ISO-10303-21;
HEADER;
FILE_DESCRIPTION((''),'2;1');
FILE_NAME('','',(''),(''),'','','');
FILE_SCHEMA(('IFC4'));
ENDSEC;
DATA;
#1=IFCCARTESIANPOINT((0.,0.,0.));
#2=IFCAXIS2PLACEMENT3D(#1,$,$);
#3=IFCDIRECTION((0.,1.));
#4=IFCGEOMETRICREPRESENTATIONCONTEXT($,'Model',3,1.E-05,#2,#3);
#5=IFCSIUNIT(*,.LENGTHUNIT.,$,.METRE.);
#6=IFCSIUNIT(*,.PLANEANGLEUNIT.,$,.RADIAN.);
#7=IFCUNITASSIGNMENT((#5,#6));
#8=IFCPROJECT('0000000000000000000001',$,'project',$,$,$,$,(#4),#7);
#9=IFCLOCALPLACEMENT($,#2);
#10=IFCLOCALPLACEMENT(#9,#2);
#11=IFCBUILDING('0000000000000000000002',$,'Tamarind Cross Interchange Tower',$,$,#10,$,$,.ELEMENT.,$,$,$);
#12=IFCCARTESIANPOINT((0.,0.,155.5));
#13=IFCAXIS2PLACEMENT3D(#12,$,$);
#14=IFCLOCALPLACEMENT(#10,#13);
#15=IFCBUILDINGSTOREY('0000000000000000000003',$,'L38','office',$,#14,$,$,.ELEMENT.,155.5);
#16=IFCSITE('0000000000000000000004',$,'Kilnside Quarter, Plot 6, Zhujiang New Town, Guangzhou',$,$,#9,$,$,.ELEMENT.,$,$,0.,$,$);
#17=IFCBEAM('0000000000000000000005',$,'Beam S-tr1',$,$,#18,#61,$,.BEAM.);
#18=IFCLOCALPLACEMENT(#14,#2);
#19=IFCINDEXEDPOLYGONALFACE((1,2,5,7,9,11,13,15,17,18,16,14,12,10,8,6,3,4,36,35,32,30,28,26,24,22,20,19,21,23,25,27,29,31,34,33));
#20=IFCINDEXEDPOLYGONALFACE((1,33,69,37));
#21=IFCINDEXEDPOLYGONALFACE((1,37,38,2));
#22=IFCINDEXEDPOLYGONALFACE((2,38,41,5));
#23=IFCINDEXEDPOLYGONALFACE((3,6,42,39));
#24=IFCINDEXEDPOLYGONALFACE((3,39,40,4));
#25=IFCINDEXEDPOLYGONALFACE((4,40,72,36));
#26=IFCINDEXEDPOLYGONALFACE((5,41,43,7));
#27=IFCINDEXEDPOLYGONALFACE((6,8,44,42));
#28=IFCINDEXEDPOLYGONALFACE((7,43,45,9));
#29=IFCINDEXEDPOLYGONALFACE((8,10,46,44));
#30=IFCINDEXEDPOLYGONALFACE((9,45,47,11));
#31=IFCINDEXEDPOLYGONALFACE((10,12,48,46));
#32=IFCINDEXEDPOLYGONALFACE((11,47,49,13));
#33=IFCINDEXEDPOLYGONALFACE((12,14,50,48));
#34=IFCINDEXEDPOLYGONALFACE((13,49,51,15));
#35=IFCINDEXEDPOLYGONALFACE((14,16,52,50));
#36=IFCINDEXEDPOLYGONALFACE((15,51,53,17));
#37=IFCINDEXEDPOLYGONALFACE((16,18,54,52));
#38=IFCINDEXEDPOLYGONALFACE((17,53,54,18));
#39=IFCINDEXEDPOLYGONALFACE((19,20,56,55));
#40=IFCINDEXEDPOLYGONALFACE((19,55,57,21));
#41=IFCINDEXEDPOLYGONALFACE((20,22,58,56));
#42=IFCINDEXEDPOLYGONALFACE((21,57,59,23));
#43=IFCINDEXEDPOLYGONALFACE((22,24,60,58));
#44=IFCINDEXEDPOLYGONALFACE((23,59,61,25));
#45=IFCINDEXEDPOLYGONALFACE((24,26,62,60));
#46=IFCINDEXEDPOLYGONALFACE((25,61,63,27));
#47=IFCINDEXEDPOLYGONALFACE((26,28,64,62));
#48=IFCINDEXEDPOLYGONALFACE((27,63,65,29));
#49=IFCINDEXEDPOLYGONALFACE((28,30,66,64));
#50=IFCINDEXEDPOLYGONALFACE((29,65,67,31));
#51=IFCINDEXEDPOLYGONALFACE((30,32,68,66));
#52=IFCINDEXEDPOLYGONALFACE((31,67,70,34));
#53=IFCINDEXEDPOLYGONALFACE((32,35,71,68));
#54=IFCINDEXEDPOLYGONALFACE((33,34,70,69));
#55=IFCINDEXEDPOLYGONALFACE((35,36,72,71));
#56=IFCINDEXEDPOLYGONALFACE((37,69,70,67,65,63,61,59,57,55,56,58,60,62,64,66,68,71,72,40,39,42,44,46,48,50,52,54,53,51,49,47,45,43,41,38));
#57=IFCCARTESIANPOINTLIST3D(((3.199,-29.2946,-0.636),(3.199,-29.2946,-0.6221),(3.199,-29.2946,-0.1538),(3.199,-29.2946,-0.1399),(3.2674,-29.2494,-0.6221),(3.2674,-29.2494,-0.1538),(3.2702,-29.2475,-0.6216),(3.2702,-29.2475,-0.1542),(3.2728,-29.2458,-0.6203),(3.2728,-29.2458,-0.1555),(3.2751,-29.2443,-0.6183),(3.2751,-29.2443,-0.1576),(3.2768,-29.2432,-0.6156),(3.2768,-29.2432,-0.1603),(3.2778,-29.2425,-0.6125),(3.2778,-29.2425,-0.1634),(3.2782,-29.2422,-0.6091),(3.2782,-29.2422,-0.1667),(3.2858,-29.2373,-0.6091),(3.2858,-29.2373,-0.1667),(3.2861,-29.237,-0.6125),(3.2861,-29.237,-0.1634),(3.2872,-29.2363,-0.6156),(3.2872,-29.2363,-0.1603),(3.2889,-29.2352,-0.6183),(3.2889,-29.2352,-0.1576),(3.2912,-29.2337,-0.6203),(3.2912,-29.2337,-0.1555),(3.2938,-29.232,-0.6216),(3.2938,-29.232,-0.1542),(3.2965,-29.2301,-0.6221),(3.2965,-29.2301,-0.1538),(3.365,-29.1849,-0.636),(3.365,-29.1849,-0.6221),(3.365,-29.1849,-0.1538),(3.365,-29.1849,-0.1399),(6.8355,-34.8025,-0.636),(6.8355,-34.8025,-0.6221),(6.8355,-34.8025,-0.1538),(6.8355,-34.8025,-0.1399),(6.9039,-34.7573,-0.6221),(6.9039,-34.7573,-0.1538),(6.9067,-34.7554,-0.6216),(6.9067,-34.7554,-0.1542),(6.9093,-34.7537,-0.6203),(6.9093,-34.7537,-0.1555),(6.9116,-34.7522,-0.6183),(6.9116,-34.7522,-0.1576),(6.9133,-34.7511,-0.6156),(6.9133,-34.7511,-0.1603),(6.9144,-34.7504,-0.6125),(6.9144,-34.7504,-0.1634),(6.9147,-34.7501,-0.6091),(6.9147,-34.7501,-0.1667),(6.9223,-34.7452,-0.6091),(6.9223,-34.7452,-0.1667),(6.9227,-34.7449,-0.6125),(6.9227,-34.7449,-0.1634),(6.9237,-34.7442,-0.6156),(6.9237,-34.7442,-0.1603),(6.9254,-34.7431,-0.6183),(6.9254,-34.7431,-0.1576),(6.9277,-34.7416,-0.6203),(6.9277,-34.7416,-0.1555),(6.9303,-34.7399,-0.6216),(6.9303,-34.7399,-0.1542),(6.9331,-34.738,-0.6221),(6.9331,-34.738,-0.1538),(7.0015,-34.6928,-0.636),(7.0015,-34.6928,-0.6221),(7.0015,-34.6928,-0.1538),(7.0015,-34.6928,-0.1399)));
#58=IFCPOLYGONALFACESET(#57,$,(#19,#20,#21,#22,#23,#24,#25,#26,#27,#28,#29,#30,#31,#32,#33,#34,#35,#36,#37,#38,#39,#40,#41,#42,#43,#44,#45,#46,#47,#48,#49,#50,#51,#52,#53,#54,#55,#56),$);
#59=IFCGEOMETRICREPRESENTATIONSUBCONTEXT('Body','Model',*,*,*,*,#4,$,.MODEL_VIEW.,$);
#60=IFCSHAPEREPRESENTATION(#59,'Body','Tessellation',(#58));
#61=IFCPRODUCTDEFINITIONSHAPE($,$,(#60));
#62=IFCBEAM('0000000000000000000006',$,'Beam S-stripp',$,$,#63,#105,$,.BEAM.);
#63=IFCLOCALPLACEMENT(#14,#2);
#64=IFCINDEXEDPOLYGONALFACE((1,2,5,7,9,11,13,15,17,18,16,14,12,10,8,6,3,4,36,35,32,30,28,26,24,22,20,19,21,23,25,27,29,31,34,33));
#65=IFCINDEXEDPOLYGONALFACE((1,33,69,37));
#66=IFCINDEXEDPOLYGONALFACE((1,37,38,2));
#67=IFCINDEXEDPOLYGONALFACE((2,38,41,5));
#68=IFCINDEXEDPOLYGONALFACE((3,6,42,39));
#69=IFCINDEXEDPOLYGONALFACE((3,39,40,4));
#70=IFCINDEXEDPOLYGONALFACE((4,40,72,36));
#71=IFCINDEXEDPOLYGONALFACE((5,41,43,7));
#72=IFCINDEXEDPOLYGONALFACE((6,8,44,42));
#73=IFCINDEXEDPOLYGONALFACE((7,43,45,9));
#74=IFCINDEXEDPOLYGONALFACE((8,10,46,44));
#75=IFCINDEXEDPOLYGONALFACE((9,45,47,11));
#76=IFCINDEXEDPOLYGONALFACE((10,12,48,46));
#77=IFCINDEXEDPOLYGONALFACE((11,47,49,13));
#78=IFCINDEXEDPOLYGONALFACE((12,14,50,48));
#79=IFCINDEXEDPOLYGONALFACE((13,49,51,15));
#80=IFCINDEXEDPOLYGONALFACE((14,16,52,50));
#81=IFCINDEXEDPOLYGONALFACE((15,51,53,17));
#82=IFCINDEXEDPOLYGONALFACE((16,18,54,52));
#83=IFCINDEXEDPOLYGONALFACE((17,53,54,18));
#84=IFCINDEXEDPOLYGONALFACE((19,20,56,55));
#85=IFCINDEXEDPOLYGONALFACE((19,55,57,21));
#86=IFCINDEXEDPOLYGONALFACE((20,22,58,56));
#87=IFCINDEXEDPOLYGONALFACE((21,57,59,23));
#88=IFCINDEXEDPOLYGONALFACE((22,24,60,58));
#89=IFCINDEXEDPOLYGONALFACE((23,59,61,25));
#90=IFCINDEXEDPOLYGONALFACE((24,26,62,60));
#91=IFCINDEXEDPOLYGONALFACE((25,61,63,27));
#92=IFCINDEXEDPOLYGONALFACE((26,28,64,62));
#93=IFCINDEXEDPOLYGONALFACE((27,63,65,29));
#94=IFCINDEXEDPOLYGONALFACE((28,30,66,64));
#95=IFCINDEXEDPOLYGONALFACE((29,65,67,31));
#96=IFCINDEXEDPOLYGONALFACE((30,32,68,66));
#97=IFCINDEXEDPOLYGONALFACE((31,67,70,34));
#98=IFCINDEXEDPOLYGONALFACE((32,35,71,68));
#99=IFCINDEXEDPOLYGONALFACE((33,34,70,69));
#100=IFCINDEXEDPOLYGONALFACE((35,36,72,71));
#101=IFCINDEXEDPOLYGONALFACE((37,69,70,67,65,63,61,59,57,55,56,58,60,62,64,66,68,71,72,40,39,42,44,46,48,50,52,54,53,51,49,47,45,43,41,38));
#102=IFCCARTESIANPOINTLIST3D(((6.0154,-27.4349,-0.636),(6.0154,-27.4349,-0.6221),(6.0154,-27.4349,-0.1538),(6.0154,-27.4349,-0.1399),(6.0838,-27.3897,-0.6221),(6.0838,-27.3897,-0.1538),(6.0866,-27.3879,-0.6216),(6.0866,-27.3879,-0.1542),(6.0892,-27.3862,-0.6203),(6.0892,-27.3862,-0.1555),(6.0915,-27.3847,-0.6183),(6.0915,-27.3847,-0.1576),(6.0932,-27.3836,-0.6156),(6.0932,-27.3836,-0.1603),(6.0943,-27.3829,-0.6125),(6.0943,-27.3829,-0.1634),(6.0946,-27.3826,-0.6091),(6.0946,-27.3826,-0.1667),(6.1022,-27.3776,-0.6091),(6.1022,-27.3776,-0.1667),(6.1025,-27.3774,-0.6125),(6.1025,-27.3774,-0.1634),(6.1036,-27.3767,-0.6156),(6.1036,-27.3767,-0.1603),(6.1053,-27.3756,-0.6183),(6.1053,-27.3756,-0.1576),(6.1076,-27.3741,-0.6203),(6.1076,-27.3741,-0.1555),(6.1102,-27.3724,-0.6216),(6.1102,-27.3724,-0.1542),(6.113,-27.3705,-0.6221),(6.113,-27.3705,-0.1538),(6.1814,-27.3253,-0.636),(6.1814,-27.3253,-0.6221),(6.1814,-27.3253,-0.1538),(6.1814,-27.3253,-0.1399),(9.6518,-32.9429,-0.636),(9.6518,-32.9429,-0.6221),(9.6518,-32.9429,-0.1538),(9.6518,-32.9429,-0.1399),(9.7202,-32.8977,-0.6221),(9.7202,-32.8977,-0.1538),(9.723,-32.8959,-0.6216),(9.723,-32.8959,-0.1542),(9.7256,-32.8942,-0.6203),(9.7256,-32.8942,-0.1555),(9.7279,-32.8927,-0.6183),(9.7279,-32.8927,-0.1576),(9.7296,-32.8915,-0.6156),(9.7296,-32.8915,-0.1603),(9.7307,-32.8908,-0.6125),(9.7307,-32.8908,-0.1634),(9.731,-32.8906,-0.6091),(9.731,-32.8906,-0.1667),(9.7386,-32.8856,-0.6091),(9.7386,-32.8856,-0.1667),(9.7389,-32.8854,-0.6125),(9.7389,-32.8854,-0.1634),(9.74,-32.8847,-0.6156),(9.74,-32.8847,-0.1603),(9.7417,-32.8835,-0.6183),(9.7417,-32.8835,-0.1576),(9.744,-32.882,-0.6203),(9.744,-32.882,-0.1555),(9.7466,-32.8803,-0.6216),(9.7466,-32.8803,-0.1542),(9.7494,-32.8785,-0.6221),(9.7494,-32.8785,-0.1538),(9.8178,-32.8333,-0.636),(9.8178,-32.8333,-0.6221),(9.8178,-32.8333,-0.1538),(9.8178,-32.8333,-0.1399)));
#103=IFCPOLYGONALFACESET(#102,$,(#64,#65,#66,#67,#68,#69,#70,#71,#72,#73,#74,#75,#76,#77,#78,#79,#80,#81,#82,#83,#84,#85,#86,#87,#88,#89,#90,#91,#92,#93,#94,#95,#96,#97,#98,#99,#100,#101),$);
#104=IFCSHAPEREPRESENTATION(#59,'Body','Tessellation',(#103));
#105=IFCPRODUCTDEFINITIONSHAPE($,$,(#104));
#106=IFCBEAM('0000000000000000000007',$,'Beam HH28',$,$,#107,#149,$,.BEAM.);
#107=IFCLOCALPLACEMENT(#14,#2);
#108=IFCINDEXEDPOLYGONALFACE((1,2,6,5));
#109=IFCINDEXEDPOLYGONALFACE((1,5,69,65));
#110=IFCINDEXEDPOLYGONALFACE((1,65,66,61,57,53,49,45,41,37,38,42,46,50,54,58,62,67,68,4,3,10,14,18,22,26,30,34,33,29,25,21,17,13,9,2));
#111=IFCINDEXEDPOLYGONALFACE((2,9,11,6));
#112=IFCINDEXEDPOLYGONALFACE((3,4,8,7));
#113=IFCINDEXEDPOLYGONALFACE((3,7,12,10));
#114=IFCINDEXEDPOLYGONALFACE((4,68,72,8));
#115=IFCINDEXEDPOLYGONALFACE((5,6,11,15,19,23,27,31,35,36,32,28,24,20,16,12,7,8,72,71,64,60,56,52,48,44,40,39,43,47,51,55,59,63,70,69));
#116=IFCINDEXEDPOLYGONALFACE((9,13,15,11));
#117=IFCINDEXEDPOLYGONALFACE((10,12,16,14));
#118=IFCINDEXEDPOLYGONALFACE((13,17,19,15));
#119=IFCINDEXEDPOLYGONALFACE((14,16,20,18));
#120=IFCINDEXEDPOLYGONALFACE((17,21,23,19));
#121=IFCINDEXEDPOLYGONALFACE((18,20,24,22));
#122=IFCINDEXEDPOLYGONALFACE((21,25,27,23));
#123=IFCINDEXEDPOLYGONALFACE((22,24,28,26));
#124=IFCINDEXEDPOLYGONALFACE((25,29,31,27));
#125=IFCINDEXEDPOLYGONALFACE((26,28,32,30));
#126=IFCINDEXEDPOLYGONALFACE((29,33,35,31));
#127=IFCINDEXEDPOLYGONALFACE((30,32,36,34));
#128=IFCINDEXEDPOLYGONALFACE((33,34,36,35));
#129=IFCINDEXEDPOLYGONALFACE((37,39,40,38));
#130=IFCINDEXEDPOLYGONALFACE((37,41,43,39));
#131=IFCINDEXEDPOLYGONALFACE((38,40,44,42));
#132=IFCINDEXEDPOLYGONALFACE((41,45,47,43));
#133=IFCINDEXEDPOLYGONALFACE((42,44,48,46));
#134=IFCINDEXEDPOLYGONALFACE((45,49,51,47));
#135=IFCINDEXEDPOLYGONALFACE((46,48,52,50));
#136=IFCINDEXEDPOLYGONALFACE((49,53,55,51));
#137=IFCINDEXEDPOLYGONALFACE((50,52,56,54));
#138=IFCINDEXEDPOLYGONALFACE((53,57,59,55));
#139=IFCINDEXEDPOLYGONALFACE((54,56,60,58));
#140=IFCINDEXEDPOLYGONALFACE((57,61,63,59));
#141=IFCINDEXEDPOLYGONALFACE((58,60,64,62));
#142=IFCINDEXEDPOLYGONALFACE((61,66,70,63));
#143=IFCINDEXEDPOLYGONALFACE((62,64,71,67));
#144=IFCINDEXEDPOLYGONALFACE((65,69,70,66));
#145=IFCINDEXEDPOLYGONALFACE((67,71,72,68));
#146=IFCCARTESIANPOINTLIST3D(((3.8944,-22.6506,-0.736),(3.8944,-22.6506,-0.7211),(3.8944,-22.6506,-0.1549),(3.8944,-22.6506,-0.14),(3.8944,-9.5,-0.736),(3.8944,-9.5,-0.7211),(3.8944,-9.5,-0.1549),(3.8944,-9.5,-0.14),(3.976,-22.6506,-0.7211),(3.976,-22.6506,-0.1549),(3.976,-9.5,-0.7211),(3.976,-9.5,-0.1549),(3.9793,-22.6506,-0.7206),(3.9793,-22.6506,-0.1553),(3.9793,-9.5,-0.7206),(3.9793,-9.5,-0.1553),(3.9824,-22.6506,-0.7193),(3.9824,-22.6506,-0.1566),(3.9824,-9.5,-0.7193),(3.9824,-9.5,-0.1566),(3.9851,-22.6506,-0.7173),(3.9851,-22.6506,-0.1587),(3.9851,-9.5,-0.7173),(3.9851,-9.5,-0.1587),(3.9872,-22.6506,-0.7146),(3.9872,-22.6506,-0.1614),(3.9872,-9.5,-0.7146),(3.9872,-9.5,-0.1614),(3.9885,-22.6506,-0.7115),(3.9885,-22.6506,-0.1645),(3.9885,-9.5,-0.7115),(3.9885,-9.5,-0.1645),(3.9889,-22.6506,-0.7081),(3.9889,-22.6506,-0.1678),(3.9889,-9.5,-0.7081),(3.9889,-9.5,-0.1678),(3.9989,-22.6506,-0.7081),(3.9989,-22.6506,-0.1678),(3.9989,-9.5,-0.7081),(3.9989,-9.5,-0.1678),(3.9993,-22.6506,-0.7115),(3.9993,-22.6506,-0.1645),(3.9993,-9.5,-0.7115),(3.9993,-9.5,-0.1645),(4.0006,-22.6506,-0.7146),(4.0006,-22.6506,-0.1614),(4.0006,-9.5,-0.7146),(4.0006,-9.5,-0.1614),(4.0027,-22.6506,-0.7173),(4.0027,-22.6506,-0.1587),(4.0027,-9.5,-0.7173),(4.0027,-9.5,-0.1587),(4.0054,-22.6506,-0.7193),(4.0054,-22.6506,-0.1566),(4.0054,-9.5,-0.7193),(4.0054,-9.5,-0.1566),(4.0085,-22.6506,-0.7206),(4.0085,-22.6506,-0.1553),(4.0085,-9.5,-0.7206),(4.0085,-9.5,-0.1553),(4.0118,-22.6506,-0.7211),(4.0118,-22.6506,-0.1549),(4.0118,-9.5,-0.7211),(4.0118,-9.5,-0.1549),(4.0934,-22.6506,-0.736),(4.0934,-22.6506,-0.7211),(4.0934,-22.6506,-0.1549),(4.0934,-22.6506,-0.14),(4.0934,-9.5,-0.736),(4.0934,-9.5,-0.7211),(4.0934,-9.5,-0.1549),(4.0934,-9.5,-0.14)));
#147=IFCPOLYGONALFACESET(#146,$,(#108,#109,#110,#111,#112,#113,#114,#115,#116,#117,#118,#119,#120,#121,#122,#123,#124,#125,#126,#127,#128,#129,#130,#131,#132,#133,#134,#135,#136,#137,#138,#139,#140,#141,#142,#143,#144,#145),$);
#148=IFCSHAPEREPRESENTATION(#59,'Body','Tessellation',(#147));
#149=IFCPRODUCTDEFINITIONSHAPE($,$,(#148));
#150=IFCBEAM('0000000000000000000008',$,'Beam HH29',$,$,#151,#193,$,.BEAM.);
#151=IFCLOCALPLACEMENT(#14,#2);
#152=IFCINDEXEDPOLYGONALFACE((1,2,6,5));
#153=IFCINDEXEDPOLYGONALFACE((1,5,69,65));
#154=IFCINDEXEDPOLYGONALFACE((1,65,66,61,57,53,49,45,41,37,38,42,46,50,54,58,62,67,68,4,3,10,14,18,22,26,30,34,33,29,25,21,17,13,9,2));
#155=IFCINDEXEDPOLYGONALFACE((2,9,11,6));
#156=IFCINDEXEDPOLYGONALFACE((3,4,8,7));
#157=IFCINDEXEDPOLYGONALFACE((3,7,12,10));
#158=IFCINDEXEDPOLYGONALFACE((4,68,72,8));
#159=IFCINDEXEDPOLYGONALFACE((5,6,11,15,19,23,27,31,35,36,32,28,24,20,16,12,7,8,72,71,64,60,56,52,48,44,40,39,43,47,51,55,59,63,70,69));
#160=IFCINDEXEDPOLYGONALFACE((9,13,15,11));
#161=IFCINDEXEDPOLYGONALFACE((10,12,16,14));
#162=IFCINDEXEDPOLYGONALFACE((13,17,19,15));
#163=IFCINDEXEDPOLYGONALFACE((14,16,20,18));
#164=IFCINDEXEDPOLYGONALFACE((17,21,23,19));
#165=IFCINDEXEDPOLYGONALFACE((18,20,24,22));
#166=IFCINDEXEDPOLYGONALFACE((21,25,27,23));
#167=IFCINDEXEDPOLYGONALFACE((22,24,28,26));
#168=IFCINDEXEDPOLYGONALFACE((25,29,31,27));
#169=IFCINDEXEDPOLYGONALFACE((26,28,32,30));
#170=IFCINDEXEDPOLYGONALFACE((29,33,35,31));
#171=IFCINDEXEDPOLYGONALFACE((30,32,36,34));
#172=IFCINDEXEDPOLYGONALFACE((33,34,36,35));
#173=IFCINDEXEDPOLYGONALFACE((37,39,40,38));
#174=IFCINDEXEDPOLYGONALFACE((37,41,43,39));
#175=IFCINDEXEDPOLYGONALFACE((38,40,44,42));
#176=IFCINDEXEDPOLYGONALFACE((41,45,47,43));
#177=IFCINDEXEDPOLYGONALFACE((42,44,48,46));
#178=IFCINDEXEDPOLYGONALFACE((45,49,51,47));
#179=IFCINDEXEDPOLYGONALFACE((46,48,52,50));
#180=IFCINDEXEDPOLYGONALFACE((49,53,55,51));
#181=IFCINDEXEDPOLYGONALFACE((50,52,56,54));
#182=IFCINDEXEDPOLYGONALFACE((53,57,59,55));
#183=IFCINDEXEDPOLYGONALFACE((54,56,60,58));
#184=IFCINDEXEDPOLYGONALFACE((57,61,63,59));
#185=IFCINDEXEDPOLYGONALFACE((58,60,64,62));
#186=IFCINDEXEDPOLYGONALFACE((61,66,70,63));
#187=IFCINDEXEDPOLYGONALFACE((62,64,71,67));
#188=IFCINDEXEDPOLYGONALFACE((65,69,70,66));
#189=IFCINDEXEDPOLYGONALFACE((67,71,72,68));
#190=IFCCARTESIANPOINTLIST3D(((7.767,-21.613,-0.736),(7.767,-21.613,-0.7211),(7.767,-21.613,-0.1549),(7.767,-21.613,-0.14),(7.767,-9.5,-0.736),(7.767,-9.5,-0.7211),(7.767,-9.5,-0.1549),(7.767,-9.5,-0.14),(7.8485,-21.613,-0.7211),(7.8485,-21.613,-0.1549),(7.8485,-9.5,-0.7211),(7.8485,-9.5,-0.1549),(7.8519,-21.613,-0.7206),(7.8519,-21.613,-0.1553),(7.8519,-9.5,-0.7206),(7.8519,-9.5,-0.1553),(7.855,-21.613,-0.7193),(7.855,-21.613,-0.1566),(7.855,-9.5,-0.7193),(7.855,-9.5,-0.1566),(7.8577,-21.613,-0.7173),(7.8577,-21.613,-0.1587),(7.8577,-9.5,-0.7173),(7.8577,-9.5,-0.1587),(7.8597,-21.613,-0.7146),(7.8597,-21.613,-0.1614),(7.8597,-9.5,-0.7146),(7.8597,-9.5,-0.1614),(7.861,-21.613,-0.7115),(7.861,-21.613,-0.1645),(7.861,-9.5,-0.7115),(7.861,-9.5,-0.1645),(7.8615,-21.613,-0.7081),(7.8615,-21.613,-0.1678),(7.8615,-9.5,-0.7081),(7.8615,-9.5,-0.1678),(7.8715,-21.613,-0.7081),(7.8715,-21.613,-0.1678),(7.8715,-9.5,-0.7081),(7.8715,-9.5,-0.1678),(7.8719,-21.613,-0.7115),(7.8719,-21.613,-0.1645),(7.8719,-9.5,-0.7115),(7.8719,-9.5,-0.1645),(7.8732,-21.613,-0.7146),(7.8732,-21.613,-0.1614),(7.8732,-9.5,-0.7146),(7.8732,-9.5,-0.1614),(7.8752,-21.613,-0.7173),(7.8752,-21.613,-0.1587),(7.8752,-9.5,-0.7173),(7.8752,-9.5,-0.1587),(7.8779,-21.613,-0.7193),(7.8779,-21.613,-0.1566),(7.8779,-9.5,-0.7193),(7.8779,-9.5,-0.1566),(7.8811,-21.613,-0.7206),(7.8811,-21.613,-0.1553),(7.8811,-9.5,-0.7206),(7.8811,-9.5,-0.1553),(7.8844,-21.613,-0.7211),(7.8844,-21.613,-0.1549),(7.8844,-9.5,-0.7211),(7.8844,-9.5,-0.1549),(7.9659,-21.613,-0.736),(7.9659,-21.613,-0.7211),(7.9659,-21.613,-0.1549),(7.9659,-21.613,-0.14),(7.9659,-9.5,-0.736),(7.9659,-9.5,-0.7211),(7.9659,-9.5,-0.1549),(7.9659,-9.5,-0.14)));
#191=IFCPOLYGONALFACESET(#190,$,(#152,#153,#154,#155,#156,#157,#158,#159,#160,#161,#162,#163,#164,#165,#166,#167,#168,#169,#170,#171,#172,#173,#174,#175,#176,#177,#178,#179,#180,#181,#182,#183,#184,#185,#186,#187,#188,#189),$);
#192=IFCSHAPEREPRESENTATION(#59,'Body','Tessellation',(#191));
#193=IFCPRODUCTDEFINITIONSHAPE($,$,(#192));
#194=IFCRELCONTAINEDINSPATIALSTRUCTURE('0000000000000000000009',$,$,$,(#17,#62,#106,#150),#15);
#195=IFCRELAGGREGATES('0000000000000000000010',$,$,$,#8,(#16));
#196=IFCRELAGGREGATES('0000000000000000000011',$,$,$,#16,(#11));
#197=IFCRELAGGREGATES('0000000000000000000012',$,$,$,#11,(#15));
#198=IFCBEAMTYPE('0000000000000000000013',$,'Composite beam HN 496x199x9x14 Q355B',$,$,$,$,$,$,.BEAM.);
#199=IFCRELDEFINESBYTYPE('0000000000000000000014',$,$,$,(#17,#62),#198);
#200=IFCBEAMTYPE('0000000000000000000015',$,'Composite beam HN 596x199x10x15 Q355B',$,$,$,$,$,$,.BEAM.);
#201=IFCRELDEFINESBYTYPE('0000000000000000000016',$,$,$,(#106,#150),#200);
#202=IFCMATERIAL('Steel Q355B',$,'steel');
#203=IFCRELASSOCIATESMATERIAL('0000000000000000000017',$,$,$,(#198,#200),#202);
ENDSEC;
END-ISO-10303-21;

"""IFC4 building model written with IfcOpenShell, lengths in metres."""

from ifc_helpers import new_model, si_unit, direction, frame, origin, origin_2d, place, context, subcontext, project, spatial, i_section, extrude, material, material_profile, profile_set, type_object, element, save


model = new_model("IFC4")

# Units and contexts
model_context = context("Model", 3, precision=1e-05, world=origin(), true_north=direction((0.0, 1.0)))
body_context = subcontext(model_context, "Body", "Model", "MODEL_VIEW")
ifc_project = project(units=[si_unit("LENGTHUNIT", "METRE"), si_unit("PLANEANGLEUNIT", "RADIAN")], contexts=[model_context])

# Site, building, storey
site_placement = place(None, origin())
site = spatial("IfcSite", under=ifc_project, at=site_placement, Name="Kilnside Quarter, Plot 6, Zhujiang New Town, Guangzhou", CompositionType="ELEMENT", RefElevation=0.0)
building_placement = place(site_placement, origin())
building = spatial("IfcBuilding", under=site, at=building_placement, Name="Tamarind Cross Interchange Tower", CompositionType="ELEMENT")
storey_placement = place(building_placement, frame((0.0, 0.0, 155.5)))
storey = spatial("IfcBuildingStorey", under=building, at=storey_placement, Name="L38", Description="office", CompositionType="ELEMENT", Elevation=155.5)

# Beams
ifc_material_1 = material(Name="Steel Q355B", Category="steel")
ifc_material_profile_1 = material_profile(ifc_material_1, i_section(OverallWidth=0.199, OverallDepth=0.4961, WebThickness=0.009, FlangeThickness=0.0139, FilletRadius=0.0129, at=origin_2d()), Name="HN 496x199x9x14")
ifc_profile_set_1 = profile_set([ifc_material_profile_1], Name="Steel Q355B")
beam_type_1 = type_object("IfcBeamType", Name="Composite beam HN 496x199x9x14 Q355B", PredefinedType="BEAM", material=ifc_profile_set_1)
for number, where, z_axis, x_axis, name in (
    (1, (3.282, -29.2397, -0.3879), (0.550981, -0.834518, 0.0), (0.834518, 0.550981, 0.0), "Beam S-tr1"),
    (2, (6.0984, -27.3801, -0.3879), (0.550964, -0.834529, 0.0), (0.834529, 0.550964, 0.0), "Beam S-stripp"),
):
    element("IfcBeam", number, at=place(storey_placement, frame(where, z_axis=z_axis, x_axis=x_axis)), inside=storey, type_object=beam_type_1, Name=name, PredefinedType="BEAM", context=body_context, shape_type="SweptSolid", body=[
        extrude(i_section(OverallWidth=0.199, OverallDepth=0.4961, WebThickness=0.009, FlangeThickness=0.0139, FilletRadius=0.0129, at=origin_2d()), origin(), (0.0, 0.0, 1.0), 6.6001),
    ])
ifc_material_profile_2 = material_profile(ifc_material_1, i_section(OverallWidth=0.199, OverallDepth=0.5959, WebThickness=0.01, FlangeThickness=0.0149, FilletRadius=0.0129, at=origin_2d()), Name="HN 596x199x10x15")
ifc_profile_set_2 = profile_set([ifc_material_profile_2], Name="Steel Q355B")
beam_type_2 = type_object("IfcBeamType", Name="Composite beam HN 596x199x10x15 Q355B", PredefinedType="BEAM", material=ifc_profile_set_2)
beam_1_placement = place(storey_placement, frame((3.9939, -22.6506, -0.438), z_axis=(0.0, 1.0, 0.0), x_axis=(-1.0, 0.0, 0.0)))
element("IfcBeam", 3, at=beam_1_placement, inside=storey, type_object=beam_type_2, Name="Beam HH28", PredefinedType="BEAM", context=body_context, shape_type="SweptSolid", body=[
    extrude(i_section(OverallWidth=0.199, OverallDepth=0.5959, WebThickness=0.01, FlangeThickness=0.0149, FilletRadius=0.0129, at=origin_2d()), origin(), (0.0, 0.0, 1.0), 13.1506),
])
beam_2_placement = place(storey_placement, frame((7.8665, -21.613, -0.438), z_axis=(0.0, 1.0, 0.0), x_axis=(-1.0, 0.0, 0.0)))
element("IfcBeam", 4, at=beam_2_placement, inside=storey, type_object=beam_type_2, Name="Beam HH29", PredefinedType="BEAM", context=body_context, shape_type="SweptSolid", body=[
    extrude(i_section(OverallWidth=0.199, OverallDepth=0.5959, WebThickness=0.01, FlangeThickness=0.0149, FilletRadius=0.0129, at=origin_2d()), origin(), (0.0, 0.0, 1.0), 12.113),
])

save(model, "model.ifc")
